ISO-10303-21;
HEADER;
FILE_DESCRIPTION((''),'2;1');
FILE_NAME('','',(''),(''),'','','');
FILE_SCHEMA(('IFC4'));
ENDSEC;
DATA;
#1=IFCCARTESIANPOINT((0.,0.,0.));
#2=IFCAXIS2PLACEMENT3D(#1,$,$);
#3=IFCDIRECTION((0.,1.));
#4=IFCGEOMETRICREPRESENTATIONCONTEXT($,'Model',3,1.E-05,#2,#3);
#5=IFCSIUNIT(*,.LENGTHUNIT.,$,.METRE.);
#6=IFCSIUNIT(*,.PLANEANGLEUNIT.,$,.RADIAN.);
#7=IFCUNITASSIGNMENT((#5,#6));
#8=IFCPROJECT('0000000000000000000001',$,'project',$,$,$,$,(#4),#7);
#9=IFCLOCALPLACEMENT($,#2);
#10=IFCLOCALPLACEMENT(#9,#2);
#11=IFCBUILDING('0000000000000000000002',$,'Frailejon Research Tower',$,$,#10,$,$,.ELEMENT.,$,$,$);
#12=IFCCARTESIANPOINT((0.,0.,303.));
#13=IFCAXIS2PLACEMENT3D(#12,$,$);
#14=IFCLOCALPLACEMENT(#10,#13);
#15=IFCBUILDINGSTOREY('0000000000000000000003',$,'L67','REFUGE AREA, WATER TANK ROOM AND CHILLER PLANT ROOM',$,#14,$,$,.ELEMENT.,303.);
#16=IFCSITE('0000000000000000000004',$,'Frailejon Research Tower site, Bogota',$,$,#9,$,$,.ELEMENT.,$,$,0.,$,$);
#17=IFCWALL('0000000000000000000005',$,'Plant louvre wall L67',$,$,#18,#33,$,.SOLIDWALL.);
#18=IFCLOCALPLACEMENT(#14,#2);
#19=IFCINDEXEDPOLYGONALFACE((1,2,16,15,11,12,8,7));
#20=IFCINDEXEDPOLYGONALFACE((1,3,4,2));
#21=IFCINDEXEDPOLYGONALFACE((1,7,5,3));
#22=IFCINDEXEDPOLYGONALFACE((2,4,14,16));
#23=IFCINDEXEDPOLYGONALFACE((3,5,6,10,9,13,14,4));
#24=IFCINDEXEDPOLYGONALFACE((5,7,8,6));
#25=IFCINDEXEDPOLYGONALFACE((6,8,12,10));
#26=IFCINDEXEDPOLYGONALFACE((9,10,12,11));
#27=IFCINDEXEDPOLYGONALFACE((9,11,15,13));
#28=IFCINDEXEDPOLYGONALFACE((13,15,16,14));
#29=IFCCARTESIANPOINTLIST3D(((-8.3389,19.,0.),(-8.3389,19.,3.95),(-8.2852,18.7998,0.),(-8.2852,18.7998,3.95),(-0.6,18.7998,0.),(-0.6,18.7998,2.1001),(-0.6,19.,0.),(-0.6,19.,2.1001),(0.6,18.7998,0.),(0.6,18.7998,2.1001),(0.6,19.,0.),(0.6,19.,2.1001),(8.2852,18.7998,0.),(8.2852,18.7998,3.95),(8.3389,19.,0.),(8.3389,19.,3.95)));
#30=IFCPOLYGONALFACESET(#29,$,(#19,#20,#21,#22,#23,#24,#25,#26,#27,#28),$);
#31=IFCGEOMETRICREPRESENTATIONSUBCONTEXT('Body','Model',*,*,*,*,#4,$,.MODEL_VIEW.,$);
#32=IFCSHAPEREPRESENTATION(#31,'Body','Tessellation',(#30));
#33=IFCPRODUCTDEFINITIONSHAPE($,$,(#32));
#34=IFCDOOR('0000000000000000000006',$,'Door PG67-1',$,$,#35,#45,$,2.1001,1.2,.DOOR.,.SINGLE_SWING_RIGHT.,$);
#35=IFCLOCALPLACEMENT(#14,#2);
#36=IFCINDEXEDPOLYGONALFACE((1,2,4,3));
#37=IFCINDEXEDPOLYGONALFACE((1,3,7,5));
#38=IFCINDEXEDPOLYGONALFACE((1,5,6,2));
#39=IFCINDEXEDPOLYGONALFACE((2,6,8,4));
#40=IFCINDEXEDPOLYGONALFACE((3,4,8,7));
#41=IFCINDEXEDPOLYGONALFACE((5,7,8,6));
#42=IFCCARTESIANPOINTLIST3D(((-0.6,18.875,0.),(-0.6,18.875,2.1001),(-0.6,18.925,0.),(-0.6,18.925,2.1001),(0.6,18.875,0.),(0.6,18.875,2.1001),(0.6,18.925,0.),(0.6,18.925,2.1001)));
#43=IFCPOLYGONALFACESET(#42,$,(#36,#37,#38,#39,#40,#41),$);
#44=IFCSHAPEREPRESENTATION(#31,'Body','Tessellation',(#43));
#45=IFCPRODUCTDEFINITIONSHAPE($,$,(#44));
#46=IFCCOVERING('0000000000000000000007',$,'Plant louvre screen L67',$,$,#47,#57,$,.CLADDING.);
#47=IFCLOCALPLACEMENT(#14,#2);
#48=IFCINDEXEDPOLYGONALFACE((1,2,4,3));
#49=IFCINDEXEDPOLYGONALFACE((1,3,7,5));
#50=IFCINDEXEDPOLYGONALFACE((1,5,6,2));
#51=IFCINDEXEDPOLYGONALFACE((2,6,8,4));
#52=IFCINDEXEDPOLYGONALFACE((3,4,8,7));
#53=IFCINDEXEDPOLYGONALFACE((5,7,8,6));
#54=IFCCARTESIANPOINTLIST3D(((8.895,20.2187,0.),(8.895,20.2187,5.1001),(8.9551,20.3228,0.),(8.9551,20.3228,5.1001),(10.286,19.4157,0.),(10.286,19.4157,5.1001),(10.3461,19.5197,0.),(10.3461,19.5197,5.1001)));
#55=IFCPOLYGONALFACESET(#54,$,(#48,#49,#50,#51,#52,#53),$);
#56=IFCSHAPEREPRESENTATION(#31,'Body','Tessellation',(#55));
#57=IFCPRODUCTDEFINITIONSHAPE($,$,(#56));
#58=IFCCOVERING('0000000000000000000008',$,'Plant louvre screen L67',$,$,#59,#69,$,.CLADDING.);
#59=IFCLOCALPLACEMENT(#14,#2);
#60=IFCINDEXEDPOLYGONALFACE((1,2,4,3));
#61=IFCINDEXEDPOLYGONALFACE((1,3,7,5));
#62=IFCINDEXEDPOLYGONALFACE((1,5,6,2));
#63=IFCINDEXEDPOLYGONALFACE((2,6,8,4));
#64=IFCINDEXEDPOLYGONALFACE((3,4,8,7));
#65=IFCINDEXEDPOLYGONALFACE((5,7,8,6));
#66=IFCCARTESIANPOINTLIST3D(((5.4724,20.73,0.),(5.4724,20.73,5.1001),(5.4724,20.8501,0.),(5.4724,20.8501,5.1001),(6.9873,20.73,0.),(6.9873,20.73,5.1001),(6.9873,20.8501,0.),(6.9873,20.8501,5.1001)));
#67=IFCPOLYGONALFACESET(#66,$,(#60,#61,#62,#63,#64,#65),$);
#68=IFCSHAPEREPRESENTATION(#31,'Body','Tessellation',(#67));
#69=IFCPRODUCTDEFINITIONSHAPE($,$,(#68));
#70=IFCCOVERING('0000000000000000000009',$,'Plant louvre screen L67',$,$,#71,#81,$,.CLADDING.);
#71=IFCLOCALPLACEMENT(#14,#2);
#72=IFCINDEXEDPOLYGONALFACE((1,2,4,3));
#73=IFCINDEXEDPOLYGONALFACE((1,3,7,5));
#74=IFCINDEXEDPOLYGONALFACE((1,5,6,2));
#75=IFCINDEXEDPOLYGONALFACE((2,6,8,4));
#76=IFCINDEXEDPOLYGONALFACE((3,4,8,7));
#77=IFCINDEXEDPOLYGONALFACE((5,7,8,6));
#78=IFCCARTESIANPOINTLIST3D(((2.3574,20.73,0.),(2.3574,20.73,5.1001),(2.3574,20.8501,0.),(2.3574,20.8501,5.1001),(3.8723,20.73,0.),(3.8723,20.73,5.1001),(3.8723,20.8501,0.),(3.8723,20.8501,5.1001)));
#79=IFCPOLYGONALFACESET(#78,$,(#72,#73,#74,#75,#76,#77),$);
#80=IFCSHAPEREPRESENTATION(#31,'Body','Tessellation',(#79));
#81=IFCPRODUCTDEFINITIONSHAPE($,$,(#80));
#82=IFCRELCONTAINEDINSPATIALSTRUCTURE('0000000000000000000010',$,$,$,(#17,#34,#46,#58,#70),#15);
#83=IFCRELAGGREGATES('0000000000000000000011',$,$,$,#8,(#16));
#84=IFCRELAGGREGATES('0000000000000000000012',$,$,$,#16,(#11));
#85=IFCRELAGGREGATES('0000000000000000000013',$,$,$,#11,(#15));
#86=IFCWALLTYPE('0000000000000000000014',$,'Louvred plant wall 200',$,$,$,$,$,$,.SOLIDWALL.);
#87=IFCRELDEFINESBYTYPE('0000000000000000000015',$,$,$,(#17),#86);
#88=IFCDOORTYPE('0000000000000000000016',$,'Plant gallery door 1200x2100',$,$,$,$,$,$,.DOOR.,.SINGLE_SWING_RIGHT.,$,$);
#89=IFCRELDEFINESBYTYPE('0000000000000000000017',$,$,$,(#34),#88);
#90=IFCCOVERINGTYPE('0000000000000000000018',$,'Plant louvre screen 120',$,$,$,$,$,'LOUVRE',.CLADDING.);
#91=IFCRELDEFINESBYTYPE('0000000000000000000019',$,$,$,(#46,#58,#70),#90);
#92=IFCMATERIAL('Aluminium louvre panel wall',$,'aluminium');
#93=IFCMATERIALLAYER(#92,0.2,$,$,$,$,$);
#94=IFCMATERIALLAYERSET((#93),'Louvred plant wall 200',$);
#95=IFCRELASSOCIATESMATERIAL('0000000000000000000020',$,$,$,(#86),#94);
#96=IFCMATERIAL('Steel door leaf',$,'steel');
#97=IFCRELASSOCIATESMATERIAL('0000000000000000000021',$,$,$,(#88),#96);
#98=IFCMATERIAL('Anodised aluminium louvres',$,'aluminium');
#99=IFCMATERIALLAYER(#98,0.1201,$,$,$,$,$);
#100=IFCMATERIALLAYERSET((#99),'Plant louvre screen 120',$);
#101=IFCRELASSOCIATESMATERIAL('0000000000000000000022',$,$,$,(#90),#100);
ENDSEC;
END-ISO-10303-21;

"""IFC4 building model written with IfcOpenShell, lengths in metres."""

from ifc_helpers import new_model, si_unit, direction, frame, frame_2d, origin, place, context, subcontext, project, spatial, polyline, rectangle, outline, extrude, material, layer, layer_set, type_object, element, fill, save


model = new_model("IFC4")

# Units and contexts
model_context = context("Model", 3, precision=1e-05, world=origin(), true_north=direction((0.0, 1.0)))
body_context = subcontext(model_context, "Body", "Model", "MODEL_VIEW")
ifc_project = project(units=[si_unit("LENGTHUNIT", "METRE"), si_unit("PLANEANGLEUNIT", "RADIAN")], contexts=[model_context])

# Site, building, storey
site_placement = place(None, origin())
site = spatial("IfcSite", under=ifc_project, at=site_placement, Name="Frailejon Research Tower site, Bogota", CompositionType="ELEMENT", RefElevation=0.0)
building_placement = place(site_placement, origin())
building = spatial("IfcBuilding", under=site, at=building_placement, Name="Frailejon Research Tower", CompositionType="ELEMENT")
storey_placement = place(building_placement, frame((0.0, 0.0, 303.0)))
storey = spatial("IfcBuildingStorey", under=building, at=storey_placement, Name="L67", Description="REFUGE AREA, WATER TANK ROOM AND CHILLER PLANT ROOM", CompositionType="ELEMENT", Elevation=303.0)

# Wall, opening, door
ifc_material_1 = material(Name="Aluminium louvre panel wall", Category="aluminium")
ifc_layer_1 = layer(ifc_material_1, 0.2)
ifc_layer_set_1 = layer_set([ifc_layer_1], Name="Louvred plant wall 200")
wall_type = type_object("IfcWallType", Name="Louvred plant wall 200", PredefinedType="SOLIDWALL", material=ifc_layer_set_1)
wall_placement = place(storey_placement, frame((8.312, 18.8999, 0.0), z_axis=(0.0, 0.0, 1.0), x_axis=(-1.0, 0.0, 0.0)))
wall = element("IfcWall", 1, at=wall_placement, inside=storey, type_object=wall_type, Name="Plant louvre wall L67", PredefinedType="SOLIDWALL", context=body_context, shape_type="SweptSolid", body=[
    extrude(outline(polyline([(-0.0269, -0.1001), (16.6509, -0.1001), (16.5972, 0.1001), (0.0269, 0.1001), (-0.0269, -0.1001)])), origin(), (0.0, 0.0, 1.0), 3.95),
])
opening_placement = place(wall_placement, frame((7.7119, 0.0, 0.0)))
opening = element("IfcOpeningElement", 2, at=opening_placement, cuts=wall, PredefinedType="OPENING", context=body_context, shape_type="SweptSolid", body=[
    extrude(rectangle(XDim=1.2, YDim=2.1001, at=frame_2d((0.6001, 1.05))), frame((0.0, 0.1099, 0.0), z_axis=(0.0, -1.0, 0.0), x_axis=(1.0, 0.0, 0.0)), (0.0, 0.0, 1.0), 0.22),
])
ifc_material_2 = material(Name="Steel door leaf", Category="steel")
door_type = type_object("IfcDoorType", Name="Plant gallery door 1200x2100", OperationType="SINGLE_SWING_RIGHT", PredefinedType="DOOR", material=ifc_material_2)
door_placement = place(opening_placement, origin())
door = element("IfcDoor", 3, at=door_placement, inside=storey, type_object=door_type, Name="Door PG67-1", OperationType="SINGLE_SWING_RIGHT", OverallHeight=2.1001, OverallWidth=1.2, PredefinedType="DOOR", context=body_context, shape_type="SweptSolid", body=[
    extrude(rectangle(XDim=1.2, YDim=2.1001, at=frame_2d((0.6001, 1.05))), frame((0.0, 0.0249, 0.0), z_axis=(0.0, -1.0, 0.0), x_axis=(1.0, 0.0, 0.0)), (0.0, 0.0, 1.0), 0.05),
])
fill(opening, door)

# Coverings
ifc_material_3 = material(Name="Anodised aluminium louvres", Category="aluminium")
ifc_layer_2 = layer(ifc_material_3, 0.1201)
ifc_layer_set_2 = layer_set([ifc_layer_2], Name="Plant louvre screen 120")
covering_type = type_object("IfcCoveringType", Name="Plant louvre screen 120", ElementType="LOUVRE", PredefinedType="CLADDING", material=ifc_layer_set_2)
covering_placement = place(storey_placement, frame((8.9551, 20.3228, 0.0), z_axis=(0.866035, -0.499983, 0.0), x_axis=(0.499983, 0.866035, 0.0)))
element("IfcCovering", 4, at=covering_placement, inside=storey, type_object=covering_type, Name="Plant louvre screen L67", PredefinedType="CLADDING", context=body_context, shape_type="SweptSolid", body=[
    extrude(outline(polyline([(-0.1201, 0.0), (0.0, 0.0), (0.0, 5.1001), (-0.1201, 5.1001), (-0.1201, 0.0)])), origin(), (0.0, 0.0, 1.0), 1.6062),
])
for number, where, z_axis, x_axis, name in (
    (5, (5.4724, 20.8501, 0.0), (1.0, 0.0, 0.0), (0.0, 1.0, 0.0), "Plant louvre screen L67"),
    (6, (2.3574, 20.8501, 0.0), (1.0, 0.0, 0.0), (0.0, 1.0, 0.0), "Plant louvre screen L67"),
):
    element("IfcCovering", number, at=place(storey_placement, frame(where, z_axis=z_axis, x_axis=x_axis)), inside=storey, type_object=covering_type, Name=name, PredefinedType="CLADDING", context=body_context, shape_type="SweptSolid", body=[
        extrude(outline(polyline([(-0.1201, 0.0), (0.0, 0.0), (0.0, 5.1001), (-0.1201, 5.1001), (-0.1201, 0.0)])), origin(), (0.0, 0.0, 1.0), 1.5149),
    ])

save(model, "model.ifc")
